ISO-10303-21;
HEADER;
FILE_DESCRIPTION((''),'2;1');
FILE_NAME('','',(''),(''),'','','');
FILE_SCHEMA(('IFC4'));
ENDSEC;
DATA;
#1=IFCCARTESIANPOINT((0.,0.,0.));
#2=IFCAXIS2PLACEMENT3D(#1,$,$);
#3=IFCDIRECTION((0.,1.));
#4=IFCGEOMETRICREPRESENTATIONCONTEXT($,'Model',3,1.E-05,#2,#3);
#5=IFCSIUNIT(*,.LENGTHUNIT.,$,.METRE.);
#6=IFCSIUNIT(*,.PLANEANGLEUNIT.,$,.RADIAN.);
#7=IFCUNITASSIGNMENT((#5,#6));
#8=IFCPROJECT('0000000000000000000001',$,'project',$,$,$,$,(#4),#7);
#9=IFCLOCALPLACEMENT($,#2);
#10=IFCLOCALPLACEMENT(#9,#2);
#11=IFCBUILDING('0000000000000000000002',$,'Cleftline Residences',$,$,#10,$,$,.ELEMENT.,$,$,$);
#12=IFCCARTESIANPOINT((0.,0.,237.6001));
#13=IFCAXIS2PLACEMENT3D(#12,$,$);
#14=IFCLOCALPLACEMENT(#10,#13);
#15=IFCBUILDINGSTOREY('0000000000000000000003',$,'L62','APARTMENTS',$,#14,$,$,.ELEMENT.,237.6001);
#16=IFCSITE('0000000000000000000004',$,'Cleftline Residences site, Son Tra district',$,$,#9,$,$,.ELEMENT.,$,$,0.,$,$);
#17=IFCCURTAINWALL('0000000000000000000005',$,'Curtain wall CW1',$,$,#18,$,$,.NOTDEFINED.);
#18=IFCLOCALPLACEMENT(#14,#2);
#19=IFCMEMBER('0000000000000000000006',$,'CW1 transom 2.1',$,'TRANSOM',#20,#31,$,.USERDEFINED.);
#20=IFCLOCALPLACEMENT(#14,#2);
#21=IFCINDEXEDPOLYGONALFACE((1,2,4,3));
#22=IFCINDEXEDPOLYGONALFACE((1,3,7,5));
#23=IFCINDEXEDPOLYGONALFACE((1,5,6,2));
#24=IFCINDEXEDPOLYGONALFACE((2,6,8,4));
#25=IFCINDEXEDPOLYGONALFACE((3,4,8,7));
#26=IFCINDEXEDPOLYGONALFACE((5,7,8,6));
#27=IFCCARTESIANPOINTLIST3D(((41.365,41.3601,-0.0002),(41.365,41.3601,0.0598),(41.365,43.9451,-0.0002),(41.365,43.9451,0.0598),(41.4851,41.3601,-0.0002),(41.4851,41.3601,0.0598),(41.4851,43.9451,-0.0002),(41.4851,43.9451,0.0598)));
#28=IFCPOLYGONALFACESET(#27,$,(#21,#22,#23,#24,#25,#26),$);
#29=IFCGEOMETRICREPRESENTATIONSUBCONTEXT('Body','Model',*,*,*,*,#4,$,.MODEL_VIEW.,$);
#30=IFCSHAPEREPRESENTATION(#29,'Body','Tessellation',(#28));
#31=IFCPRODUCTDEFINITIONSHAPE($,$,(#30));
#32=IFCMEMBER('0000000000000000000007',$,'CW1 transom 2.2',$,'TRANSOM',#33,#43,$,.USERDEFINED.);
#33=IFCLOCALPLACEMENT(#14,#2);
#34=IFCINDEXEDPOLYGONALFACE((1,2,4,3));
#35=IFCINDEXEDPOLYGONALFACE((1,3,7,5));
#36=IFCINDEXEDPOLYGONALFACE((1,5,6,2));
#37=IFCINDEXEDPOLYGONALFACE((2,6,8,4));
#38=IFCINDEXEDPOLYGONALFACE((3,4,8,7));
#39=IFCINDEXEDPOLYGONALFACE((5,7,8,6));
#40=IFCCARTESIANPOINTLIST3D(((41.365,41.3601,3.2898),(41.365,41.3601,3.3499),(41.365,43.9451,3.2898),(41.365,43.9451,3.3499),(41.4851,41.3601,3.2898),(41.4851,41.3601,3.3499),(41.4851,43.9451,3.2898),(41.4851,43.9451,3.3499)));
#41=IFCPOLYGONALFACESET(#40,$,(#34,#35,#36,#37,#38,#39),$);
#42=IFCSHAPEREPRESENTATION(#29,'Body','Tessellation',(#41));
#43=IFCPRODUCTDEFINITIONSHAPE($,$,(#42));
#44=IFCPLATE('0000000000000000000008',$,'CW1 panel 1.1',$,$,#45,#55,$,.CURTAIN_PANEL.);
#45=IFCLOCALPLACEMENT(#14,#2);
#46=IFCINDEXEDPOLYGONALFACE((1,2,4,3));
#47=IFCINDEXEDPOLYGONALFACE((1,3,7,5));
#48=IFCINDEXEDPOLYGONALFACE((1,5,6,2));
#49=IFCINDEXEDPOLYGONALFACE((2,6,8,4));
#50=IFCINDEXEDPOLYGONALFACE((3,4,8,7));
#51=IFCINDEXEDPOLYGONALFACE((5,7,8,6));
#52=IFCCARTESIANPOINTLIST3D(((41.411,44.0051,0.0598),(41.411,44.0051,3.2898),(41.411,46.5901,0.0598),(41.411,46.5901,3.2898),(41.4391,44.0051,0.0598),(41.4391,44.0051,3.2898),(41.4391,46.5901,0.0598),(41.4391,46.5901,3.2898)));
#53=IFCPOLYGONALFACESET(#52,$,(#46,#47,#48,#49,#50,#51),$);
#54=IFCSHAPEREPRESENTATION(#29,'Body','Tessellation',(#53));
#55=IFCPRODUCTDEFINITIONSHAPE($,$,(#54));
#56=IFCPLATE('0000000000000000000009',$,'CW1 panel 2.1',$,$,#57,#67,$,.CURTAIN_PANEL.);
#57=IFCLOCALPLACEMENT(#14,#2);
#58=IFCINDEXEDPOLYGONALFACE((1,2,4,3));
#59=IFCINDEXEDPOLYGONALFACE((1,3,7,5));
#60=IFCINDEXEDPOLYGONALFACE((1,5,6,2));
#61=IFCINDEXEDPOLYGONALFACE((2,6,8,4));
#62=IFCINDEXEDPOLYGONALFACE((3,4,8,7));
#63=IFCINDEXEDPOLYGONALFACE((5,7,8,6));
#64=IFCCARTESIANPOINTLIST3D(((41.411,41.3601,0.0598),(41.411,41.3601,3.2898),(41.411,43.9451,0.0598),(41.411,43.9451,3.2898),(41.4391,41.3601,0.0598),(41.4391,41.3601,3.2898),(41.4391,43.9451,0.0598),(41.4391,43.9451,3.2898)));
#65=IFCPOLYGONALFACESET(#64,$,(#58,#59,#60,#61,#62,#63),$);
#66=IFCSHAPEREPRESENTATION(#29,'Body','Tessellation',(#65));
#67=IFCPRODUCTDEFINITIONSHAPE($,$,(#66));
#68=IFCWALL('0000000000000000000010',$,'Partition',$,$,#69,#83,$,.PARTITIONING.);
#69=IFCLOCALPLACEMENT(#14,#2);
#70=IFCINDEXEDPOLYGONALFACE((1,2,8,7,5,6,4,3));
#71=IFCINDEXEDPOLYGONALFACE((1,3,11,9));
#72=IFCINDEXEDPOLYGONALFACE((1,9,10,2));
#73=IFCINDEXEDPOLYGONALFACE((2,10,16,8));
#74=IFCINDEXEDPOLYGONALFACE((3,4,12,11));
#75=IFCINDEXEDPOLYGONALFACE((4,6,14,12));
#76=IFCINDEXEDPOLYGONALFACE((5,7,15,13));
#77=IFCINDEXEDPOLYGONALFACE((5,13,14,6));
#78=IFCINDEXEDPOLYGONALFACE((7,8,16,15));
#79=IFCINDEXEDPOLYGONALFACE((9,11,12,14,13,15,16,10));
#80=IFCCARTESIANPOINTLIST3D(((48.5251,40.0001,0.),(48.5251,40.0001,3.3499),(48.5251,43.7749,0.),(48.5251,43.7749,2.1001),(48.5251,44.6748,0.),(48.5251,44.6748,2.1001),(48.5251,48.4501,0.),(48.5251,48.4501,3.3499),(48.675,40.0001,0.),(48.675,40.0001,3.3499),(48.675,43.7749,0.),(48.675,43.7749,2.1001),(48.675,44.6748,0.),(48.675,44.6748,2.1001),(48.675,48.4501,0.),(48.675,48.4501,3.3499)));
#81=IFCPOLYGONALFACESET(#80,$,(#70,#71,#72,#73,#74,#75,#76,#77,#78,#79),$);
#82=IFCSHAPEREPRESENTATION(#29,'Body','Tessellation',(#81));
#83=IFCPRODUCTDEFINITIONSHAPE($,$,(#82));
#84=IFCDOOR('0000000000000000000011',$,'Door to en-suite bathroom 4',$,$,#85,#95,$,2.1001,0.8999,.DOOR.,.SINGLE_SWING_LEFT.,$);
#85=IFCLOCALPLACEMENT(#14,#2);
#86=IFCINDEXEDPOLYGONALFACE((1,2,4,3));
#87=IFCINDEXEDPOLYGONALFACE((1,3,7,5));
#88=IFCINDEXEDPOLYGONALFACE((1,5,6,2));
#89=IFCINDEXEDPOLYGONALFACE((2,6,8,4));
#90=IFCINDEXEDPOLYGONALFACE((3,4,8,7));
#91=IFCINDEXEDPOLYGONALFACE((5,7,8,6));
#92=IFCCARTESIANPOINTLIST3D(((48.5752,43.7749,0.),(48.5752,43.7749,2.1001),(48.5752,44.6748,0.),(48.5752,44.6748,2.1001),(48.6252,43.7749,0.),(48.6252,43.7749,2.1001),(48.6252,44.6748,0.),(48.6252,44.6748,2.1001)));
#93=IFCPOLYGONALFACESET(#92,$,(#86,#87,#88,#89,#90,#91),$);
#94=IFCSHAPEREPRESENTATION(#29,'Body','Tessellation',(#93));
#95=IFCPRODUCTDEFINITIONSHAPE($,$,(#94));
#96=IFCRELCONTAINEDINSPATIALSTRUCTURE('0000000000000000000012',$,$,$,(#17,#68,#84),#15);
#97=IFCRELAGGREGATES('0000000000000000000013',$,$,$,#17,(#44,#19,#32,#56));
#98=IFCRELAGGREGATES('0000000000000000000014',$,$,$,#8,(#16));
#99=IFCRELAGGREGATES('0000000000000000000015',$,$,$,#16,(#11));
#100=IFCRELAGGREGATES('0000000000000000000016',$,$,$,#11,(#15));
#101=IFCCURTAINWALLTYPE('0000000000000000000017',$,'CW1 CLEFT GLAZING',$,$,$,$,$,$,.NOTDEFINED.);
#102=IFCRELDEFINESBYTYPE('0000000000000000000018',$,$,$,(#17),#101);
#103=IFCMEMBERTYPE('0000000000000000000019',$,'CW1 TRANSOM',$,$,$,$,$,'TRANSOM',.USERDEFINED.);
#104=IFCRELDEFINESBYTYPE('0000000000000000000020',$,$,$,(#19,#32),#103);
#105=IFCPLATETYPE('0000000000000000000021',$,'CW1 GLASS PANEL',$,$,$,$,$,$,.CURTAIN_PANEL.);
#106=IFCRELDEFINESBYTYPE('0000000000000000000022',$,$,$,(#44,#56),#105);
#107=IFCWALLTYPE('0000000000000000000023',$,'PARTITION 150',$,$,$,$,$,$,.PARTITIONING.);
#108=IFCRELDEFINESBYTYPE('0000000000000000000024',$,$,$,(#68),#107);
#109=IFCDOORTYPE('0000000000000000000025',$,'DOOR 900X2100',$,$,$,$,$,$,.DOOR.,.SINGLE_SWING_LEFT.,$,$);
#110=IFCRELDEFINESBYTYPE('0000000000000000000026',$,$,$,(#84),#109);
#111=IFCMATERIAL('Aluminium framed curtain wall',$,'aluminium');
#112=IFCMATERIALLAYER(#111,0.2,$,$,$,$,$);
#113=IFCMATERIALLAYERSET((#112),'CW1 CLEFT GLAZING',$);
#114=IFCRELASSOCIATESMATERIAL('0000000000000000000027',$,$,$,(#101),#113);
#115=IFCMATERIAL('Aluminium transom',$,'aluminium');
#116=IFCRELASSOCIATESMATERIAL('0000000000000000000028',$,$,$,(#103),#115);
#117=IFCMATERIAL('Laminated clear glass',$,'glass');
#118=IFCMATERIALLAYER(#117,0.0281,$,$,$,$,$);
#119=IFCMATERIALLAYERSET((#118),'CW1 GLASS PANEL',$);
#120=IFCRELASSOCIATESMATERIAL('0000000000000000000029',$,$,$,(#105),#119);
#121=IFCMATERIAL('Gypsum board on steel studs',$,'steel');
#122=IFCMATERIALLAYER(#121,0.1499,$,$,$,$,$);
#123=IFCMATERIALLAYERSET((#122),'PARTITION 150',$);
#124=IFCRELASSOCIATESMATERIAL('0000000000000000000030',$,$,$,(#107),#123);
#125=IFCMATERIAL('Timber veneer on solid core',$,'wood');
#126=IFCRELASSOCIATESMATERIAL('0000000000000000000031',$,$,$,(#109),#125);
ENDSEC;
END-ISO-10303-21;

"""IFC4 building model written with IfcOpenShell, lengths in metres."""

from ifc_helpers import new_model, si_unit, direction, frame, frame_2d, origin, origin_2d, place, context, subcontext, project, spatial, rectangle, extrude, material, layer, layer_set, material_profile, profile_set, type_object, element, fill, aggregate, save


model = new_model("IFC4")

# Units and contexts
model_context = context("Model", 3, precision=1e-05, world=origin(), true_north=direction((0.0, 1.0)))
body_context = subcontext(model_context, "Body", "Model", "MODEL_VIEW")
ifc_project = project(units=[si_unit("LENGTHUNIT", "METRE"), si_unit("PLANEANGLEUNIT", "RADIAN")], contexts=[model_context])

# Site, building, storey
site_placement = place(None, origin())
site = spatial("IfcSite", under=ifc_project, at=site_placement, Name="Cleftline Residences site, Son Tra district", CompositionType="ELEMENT", RefElevation=0.0)
building_placement = place(site_placement, origin())
building = spatial("IfcBuilding", under=site, at=building_placement, Name="Cleftline Residences", CompositionType="ELEMENT")
storey_placement = place(building_placement, frame((0.0, 0.0, 237.6001)))
storey = spatial("IfcBuildingStorey", under=building, at=storey_placement, Name="L62", Description="APARTMENTS", CompositionType="ELEMENT", Elevation=237.6001)

# Curtain wall, members, plates
ifc_material_1 = material(Name="Aluminium framed curtain wall", Category="aluminium")
ifc_layer_1 = layer(ifc_material_1, 0.2)
ifc_layer_set_1 = layer_set([ifc_layer_1], Name="CW1 CLEFT GLAZING")
curtain_wall_type = type_object("IfcCurtainWallType", Name="CW1 CLEFT GLAZING", PredefinedType="NOTDEFINED", material=ifc_layer_set_1)
curtain_wall_placement = place(storey_placement, origin())
curtain_wall = element("IfcCurtainWall", 1, at=curtain_wall_placement, inside=storey, type_object=curtain_wall_type, Name="Curtain wall CW1", PredefinedType="NOTDEFINED")
ifc_material_2 = material(Name="Aluminium transom", Category="aluminium")
ifc_material_profile_1 = material_profile(ifc_material_2, rectangle(XDim=0.1201, YDim=0.0601, at=origin_2d()))
ifc_profile_set_1 = profile_set([ifc_material_profile_1], Name="Aluminium transom")
member_type_1 = type_object("IfcMemberType", Name="CW1 TRANSOM", ElementType="TRANSOM", PredefinedType="USERDEFINED", material=ifc_profile_set_1)
member_1_placement = place(storey_placement, frame((41.425, 43.9451, 0.0298), z_axis=(0.0, -1.0, 0.0), x_axis=(1.0, 0.0, 0.0)))
member_1 = element("IfcMember", 2, at=member_1_placement, type_object=member_type_1, Name="CW1 transom 2.1", ObjectType="TRANSOM", PredefinedType="USERDEFINED", context=body_context, shape_type="SweptSolid", body=[
    extrude(rectangle(XDim=0.1201, YDim=0.0601, at=origin_2d()), origin(), (0.0, 0.0, 1.0), 2.585),
])
member_2_placement = place(storey_placement, frame((41.425, 43.9451, 3.3198), z_axis=(0.0, -1.0, 0.0), x_axis=(1.0, 0.0, 0.0)))
member_2 = element("IfcMember", 3, at=member_2_placement, type_object=member_type_1, Name="CW1 transom 2.2", ObjectType="TRANSOM", PredefinedType="USERDEFINED", context=body_context, shape_type="SweptSolid", body=[
    extrude(rectangle(XDim=0.1201, YDim=0.0601, at=origin_2d()), origin(), (0.0, 0.0, 1.0), 2.585),
])
ifc_material_3 = material(Name="Laminated clear glass", Category="glass")
ifc_layer_2 = layer(ifc_material_3, 0.0281)
ifc_layer_set_2 = layer_set([ifc_layer_2], Name="CW1 GLASS PANEL")
plate_type = type_object("IfcPlateType", Name="CW1 GLASS PANEL", PredefinedType="CURTAIN_PANEL", material=ifc_layer_set_2)
plate_1_placement = place(storey_placement, frame((41.425, 45.2976, 0.0598), z_axis=(0.0, 0.0, 1.0), x_axis=(0.0, -1.0, 0.0)))
plate_1 = element("IfcPlate", 4, at=plate_1_placement, type_object=plate_type, Name="CW1 panel 1.1", PredefinedType="CURTAIN_PANEL", context=body_context, shape_type="SweptSolid", body=[
    extrude(rectangle(XDim=2.585, YDim=0.0281, at=origin_2d()), origin(), (0.0, 0.0, 1.0), 3.23),
])
plate_2_placement = place(storey_placement, frame((41.425, 42.6526, 0.0598), z_axis=(0.0, 0.0, 1.0), x_axis=(0.0, -1.0, 0.0)))
plate_2 = element("IfcPlate", 5, at=plate_2_placement, type_object=plate_type, Name="CW1 panel 2.1", PredefinedType="CURTAIN_PANEL", context=body_context, shape_type="SweptSolid", body=[
    extrude(rectangle(XDim=2.585, YDim=0.0281, at=origin_2d()), origin(), (0.0, 0.0, 1.0), 3.23),
])
aggregate(curtain_wall, [plate_1, member_1, member_2, plate_2])

# Wall, opening, door
ifc_material_4 = material(Name="Gypsum board on steel studs", Category="steel")
ifc_layer_3 = layer(ifc_material_4, 0.1499)
ifc_layer_set_3 = layer_set([ifc_layer_3], Name="PARTITION 150")
wall_type = type_object("IfcWallType", Name="PARTITION 150", PredefinedType="PARTITIONING", material=ifc_layer_set_3)
wall_placement = place(storey_placement, frame((48.6001, 40.0, 0.0), z_axis=(0.0, 0.0, 1.0), x_axis=(0.0, 1.0, 0.0)))
wall = element("IfcWall", 6, at=wall_placement, inside=storey, type_object=wall_type, Name="Partition", PredefinedType="PARTITIONING", context=body_context, shape_type="SweptSolid", body=[
    extrude(rectangle(XDim=8.45, YDim=0.1499, at=frame_2d((4.2251, 0.0))), origin(), (0.0, 0.0, 1.0), 3.3499),
])
opening_placement = place(wall_placement, frame((3.7749, 0.0, 0.0)))
opening = element("IfcOpeningElement", 7, at=opening_placement, cuts=wall, PredefinedType="OPENING", context=body_context, shape_type="SweptSolid", body=[
    extrude(rectangle(XDim=0.8999, YDim=2.1001, at=frame_2d((0.45, 1.05))), frame((0.0, 0.085, 0.0), z_axis=(0.0, -1.0, 0.0), x_axis=(1.0, 0.0, 0.0)), (0.0, 0.0, 1.0), 0.1699),
])
ifc_material_5 = material(Name="Timber veneer on solid core", Category="wood")
door_type = type_object("IfcDoorType", Name="DOOR 900X2100", OperationType="SINGLE_SWING_LEFT", PredefinedType="DOOR", material=ifc_material_5)
door_placement = place(opening_placement, origin())
door = element("IfcDoor", 8, at=door_placement, inside=storey, type_object=door_type, Name="Door to en-suite bathroom 4", OperationType="SINGLE_SWING_LEFT", OverallHeight=2.1001, OverallWidth=0.8999, PredefinedType="DOOR", context=body_context, shape_type="SweptSolid", body=[
    extrude(rectangle(XDim=0.8999, YDim=2.1001, at=frame_2d((0.45, 1.05))), frame((0.0, 0.0249, 0.0), z_axis=(0.0, -1.0, 0.0), x_axis=(1.0, 0.0, 0.0)), (0.0, 0.0, 1.0), 0.05),
])
fill(opening, door)

save(model, "model.ifc")
